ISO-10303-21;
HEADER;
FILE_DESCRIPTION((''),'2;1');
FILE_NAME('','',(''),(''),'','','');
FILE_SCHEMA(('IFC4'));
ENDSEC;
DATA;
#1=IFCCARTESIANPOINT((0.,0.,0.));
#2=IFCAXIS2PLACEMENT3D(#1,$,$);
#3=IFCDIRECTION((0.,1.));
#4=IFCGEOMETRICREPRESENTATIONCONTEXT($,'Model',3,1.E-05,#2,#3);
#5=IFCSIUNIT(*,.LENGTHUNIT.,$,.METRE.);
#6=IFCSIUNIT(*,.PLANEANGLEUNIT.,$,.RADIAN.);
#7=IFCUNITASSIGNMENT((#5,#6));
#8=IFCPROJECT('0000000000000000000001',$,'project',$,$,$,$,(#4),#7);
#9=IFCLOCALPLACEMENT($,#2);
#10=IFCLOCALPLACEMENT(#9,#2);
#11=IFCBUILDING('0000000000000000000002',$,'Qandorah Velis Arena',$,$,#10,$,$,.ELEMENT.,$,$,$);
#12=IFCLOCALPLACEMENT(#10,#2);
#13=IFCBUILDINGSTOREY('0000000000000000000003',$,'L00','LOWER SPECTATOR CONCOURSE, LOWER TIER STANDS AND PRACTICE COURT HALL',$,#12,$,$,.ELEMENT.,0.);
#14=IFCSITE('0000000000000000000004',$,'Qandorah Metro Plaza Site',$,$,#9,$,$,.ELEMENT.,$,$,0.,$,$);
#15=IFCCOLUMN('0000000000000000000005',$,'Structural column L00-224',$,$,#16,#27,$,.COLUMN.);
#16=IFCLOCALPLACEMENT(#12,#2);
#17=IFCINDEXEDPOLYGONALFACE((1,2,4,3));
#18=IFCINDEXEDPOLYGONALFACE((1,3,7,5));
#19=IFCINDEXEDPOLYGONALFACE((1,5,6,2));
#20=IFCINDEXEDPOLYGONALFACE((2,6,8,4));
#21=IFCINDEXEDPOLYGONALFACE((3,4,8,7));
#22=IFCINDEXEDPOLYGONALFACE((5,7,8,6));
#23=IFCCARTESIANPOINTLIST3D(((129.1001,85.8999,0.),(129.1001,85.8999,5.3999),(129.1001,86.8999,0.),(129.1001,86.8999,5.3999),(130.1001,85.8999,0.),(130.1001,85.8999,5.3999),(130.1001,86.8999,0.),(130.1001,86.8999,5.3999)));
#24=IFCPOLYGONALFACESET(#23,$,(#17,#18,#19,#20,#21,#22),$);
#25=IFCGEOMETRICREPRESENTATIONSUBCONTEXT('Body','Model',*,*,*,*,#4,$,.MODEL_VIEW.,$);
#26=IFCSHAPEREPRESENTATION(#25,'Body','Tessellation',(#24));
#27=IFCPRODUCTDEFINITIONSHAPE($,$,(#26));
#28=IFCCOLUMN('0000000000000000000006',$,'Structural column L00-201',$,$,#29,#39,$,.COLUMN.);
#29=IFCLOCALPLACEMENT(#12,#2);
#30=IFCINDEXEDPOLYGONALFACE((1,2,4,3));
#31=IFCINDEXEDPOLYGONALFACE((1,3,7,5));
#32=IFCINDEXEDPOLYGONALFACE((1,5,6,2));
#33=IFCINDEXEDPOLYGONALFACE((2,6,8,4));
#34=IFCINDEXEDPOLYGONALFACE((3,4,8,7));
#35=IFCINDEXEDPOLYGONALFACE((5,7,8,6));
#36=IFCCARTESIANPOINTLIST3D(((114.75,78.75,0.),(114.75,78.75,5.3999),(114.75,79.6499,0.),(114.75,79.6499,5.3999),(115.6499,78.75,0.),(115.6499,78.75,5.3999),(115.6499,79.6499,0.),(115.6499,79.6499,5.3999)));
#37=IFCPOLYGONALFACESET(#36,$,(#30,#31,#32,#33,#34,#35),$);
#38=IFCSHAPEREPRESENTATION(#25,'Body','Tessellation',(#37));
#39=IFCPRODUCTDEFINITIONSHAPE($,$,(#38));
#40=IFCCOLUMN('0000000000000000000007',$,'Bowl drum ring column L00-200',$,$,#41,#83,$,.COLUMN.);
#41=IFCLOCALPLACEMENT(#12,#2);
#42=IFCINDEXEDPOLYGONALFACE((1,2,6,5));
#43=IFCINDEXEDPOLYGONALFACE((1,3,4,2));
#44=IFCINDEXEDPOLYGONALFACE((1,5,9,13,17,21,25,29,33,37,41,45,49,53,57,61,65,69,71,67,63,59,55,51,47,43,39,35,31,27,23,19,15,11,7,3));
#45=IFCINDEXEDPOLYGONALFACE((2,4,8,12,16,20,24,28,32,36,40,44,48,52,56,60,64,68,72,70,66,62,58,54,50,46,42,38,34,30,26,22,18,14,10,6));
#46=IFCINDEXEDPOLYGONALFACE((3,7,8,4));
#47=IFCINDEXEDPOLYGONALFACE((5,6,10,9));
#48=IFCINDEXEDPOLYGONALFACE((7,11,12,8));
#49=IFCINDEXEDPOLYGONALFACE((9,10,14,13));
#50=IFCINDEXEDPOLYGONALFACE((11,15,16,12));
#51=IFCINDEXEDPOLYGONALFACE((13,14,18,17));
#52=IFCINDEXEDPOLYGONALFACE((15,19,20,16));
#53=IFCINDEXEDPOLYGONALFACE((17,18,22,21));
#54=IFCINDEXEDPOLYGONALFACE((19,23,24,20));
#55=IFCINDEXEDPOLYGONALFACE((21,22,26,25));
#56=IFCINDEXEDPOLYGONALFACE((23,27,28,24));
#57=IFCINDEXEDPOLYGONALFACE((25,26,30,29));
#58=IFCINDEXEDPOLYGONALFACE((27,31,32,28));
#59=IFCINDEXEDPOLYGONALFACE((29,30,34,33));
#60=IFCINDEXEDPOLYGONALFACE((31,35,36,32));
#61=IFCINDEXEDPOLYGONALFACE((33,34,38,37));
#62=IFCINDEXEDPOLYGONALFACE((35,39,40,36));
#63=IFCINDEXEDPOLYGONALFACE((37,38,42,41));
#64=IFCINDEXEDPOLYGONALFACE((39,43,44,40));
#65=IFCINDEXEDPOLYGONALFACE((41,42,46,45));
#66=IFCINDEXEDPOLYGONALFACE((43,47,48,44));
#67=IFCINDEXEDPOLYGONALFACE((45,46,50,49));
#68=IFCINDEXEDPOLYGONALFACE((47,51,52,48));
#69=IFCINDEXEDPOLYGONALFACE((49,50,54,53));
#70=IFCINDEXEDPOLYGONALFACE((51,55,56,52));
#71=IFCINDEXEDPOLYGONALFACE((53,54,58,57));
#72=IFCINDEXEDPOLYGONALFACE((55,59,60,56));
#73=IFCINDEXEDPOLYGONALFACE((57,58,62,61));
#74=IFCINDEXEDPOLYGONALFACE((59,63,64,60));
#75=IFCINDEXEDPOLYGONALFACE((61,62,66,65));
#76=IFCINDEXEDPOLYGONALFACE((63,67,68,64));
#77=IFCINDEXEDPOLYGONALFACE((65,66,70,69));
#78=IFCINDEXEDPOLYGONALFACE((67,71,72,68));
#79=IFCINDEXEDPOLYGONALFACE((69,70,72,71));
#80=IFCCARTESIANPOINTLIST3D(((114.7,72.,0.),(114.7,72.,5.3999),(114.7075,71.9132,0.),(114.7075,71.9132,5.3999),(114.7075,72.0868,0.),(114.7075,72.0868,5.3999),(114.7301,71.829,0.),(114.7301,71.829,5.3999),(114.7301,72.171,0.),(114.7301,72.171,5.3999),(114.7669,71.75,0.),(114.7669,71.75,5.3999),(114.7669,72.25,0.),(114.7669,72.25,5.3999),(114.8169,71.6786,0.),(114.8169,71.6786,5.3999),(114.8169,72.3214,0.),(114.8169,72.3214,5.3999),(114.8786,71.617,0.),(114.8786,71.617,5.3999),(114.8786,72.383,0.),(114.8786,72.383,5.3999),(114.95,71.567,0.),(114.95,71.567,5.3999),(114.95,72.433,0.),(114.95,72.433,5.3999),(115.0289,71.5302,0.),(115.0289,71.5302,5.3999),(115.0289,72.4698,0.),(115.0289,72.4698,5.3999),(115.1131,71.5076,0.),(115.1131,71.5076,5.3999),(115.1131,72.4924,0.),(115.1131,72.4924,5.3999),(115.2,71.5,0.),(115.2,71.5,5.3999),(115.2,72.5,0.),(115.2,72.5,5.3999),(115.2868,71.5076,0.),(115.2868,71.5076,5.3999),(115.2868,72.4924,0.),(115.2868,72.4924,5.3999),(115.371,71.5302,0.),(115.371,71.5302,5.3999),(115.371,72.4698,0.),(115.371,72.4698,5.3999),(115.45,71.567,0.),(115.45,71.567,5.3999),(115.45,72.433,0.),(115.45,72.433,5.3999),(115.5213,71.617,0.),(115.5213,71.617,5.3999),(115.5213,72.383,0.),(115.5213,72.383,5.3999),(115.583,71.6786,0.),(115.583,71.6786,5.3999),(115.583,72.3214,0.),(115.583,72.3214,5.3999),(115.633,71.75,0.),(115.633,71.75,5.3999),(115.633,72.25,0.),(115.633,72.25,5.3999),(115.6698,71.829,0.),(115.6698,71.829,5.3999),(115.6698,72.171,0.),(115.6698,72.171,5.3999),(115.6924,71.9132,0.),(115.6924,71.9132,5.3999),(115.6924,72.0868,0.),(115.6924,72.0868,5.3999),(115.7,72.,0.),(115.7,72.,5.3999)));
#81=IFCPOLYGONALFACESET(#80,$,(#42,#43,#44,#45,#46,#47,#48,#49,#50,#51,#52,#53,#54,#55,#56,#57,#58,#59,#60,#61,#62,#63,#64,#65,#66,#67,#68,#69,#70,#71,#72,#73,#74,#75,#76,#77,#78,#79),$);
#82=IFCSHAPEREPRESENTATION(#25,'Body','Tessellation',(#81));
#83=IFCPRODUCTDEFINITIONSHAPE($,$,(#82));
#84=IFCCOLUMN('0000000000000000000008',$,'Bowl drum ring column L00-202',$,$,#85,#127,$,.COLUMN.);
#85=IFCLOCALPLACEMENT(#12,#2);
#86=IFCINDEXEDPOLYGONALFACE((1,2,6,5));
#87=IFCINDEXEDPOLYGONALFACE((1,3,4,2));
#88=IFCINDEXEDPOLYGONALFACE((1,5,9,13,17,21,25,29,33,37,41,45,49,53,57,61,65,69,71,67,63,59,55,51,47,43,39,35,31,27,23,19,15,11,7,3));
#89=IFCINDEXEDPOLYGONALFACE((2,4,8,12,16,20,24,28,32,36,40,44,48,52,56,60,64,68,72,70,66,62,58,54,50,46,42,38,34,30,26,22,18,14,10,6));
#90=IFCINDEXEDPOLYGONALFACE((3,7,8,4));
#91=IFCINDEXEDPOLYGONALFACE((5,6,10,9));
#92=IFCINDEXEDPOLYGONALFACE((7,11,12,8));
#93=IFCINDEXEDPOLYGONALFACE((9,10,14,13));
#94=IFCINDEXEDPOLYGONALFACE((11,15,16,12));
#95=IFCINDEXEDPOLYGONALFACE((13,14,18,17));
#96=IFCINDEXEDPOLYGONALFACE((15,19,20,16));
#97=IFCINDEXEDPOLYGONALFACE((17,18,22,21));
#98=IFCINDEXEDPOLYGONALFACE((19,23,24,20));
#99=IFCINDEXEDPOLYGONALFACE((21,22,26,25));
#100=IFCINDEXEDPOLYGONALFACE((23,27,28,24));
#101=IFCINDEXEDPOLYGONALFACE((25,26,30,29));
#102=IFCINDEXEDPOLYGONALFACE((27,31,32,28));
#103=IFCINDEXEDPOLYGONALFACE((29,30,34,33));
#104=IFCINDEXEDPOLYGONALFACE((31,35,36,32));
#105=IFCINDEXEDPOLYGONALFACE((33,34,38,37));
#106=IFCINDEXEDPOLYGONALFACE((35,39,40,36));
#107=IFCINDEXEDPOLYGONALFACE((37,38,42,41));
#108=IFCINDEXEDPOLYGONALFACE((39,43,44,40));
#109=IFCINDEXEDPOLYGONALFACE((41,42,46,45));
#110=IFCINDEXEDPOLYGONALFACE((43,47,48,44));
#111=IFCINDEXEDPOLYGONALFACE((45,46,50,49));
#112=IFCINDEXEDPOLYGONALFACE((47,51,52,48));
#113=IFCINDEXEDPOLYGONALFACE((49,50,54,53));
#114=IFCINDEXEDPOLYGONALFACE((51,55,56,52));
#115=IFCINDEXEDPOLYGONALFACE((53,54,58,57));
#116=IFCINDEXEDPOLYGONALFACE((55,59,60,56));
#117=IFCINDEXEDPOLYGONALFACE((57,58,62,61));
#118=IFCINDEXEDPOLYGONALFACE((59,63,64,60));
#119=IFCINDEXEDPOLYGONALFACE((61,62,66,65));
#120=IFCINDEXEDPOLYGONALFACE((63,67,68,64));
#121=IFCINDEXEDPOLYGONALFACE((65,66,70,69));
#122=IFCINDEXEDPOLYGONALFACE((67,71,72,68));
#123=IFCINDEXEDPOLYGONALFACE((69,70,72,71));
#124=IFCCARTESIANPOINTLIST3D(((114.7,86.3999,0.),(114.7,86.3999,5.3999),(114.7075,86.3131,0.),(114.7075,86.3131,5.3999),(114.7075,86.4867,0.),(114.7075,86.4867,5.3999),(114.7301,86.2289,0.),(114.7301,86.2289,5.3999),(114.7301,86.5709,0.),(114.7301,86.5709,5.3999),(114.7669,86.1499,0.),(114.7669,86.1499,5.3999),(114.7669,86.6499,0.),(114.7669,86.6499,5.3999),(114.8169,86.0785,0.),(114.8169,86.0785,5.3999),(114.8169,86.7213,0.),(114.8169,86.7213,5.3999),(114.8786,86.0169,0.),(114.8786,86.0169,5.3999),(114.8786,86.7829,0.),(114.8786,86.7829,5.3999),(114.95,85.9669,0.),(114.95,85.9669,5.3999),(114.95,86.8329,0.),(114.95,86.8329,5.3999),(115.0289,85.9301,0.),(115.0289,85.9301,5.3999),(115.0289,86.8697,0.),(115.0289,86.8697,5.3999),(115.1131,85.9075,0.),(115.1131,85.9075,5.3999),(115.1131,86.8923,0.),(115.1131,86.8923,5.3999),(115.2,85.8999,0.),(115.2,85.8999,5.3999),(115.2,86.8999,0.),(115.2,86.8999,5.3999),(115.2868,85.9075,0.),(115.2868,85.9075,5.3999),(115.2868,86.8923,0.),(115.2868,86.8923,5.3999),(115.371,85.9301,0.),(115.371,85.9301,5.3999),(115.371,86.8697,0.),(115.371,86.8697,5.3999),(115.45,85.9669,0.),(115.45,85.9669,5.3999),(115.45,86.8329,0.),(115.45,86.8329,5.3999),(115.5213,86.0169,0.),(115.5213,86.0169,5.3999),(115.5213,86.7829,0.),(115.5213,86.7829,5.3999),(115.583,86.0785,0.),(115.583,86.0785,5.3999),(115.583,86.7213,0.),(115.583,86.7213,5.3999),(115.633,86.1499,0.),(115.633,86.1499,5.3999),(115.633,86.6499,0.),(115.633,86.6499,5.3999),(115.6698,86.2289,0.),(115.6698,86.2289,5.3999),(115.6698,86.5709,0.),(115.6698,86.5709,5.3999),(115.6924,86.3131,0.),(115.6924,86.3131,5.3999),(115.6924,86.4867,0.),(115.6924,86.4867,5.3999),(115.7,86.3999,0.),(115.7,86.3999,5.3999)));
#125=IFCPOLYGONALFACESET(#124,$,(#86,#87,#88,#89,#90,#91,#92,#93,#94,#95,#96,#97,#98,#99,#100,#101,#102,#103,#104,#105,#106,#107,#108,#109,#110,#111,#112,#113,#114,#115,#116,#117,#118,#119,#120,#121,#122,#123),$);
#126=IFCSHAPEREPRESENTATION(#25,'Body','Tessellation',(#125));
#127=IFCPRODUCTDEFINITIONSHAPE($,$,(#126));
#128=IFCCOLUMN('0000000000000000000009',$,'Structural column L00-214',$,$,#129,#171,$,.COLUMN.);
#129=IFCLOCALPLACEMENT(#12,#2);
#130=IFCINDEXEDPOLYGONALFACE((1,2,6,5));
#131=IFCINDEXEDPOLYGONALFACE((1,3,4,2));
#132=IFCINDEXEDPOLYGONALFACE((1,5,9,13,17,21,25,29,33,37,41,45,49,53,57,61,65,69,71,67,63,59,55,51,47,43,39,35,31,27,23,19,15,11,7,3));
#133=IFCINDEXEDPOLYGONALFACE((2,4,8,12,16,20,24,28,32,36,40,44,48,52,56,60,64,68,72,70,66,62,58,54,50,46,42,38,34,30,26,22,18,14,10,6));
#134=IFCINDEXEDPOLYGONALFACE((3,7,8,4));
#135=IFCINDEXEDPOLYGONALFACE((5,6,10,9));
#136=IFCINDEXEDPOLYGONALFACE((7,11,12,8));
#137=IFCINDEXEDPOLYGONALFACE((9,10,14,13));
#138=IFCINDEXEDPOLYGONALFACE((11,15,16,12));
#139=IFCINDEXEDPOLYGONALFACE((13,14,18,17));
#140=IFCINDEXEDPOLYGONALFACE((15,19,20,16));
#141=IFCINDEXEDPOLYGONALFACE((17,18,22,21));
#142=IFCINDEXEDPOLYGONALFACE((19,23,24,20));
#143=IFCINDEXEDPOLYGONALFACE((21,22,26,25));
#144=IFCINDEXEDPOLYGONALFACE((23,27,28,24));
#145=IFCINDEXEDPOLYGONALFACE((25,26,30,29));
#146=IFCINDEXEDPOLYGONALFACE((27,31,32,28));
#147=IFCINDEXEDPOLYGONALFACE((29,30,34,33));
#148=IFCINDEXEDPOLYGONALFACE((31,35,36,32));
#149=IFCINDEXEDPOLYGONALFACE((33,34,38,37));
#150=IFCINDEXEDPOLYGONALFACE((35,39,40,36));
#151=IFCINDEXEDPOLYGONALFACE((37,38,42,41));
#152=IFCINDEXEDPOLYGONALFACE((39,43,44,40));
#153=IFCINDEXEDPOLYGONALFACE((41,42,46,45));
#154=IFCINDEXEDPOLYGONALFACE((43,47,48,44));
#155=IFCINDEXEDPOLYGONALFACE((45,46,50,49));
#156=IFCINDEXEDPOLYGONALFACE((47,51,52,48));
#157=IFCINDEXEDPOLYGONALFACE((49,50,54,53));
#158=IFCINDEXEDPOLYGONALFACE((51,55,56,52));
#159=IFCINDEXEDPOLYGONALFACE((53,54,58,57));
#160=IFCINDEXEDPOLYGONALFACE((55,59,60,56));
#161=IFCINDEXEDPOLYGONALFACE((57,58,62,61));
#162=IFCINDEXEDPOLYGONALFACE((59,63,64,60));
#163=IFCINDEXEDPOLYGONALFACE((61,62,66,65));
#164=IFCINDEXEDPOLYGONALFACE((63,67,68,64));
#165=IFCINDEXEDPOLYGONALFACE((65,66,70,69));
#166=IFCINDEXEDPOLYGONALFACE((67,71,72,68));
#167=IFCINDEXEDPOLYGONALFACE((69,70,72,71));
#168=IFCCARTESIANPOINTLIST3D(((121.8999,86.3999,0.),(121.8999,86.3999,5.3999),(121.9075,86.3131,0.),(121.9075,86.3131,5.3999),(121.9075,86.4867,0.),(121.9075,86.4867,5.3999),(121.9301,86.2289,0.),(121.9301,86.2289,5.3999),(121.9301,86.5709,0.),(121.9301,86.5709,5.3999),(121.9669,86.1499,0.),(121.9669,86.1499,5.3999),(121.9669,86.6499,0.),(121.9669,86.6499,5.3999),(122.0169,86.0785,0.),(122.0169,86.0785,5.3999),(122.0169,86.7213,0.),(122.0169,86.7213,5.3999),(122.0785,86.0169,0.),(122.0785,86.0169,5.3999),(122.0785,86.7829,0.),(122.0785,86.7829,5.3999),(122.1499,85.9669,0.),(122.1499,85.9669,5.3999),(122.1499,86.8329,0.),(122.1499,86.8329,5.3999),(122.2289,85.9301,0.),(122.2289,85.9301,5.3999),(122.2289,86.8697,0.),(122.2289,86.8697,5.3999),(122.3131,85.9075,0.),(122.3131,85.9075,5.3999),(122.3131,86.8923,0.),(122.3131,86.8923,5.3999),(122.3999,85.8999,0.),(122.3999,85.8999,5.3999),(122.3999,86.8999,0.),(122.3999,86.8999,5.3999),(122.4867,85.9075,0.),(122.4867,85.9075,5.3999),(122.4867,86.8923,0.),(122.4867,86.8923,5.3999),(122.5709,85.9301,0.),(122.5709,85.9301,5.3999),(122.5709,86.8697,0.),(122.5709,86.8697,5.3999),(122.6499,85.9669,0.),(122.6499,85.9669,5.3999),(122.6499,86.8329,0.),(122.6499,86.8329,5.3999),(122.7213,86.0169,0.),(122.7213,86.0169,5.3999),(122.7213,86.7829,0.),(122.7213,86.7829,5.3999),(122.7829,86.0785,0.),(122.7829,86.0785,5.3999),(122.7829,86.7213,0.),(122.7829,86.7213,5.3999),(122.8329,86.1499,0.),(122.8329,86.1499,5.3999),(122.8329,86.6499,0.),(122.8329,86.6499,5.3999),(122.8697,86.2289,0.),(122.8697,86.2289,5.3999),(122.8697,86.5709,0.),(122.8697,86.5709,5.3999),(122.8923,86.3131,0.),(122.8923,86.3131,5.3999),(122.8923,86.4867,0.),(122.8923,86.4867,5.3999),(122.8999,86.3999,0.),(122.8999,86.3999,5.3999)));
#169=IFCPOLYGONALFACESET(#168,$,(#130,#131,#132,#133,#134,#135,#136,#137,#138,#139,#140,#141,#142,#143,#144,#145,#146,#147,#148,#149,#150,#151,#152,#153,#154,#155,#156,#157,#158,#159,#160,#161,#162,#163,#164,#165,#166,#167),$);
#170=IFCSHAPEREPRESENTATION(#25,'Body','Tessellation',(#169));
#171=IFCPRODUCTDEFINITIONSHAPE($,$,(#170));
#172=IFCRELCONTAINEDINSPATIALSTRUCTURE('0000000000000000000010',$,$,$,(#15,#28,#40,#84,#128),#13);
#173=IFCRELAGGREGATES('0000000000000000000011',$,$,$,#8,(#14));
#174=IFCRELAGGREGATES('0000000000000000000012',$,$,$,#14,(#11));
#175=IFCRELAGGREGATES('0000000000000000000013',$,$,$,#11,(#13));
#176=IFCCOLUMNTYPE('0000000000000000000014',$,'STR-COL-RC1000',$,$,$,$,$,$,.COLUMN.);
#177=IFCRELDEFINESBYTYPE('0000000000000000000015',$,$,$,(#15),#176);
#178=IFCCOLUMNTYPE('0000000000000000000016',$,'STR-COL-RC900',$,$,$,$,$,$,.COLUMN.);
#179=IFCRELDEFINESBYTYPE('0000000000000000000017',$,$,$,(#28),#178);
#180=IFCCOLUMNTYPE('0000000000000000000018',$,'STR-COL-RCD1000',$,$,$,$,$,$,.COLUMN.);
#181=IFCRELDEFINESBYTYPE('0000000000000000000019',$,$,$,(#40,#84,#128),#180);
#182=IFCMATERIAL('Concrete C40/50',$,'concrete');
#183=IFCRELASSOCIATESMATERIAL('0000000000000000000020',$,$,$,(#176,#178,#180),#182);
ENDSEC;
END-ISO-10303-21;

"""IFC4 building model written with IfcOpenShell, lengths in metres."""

from ifc_helpers import new_model, si_unit, direction, frame, origin, origin_2d, place, context, subcontext, project, spatial, rectangle, circle, extrude, material, material_profile, profile_set, type_object, element, save


model = new_model("IFC4")

# Units and contexts
model_context = context("Model", 3, precision=1e-05, world=origin(), true_north=direction((0.0, 1.0)))
body_context = subcontext(model_context, "Body", "Model", "MODEL_VIEW")
ifc_project = project(units=[si_unit("LENGTHUNIT", "METRE"), si_unit("PLANEANGLEUNIT", "RADIAN")], contexts=[model_context])

# Site, building, storey
site_placement = place(None, origin())
site = spatial("IfcSite", under=ifc_project, at=site_placement, Name="Qandorah Metro Plaza Site", CompositionType="ELEMENT", RefElevation=0.0)
building_placement = place(site_placement, origin())
building = spatial("IfcBuilding", under=site, at=building_placement, Name="Qandorah Velis Arena", CompositionType="ELEMENT")
storey_placement = place(building_placement, origin())
storey = spatial("IfcBuildingStorey", under=building, at=storey_placement, Name="L00", Description="LOWER SPECTATOR CONCOURSE, LOWER TIER STANDS AND PRACTICE COURT HALL", CompositionType="ELEMENT", Elevation=0.0)

# Columns
ifc_material_1 = material(Name="Concrete C40/50", Category="concrete")
ifc_material_profile_1 = material_profile(ifc_material_1, rectangle(XDim=1.0, YDim=1.0, at=origin_2d()), Name="RC COL 1000x1000")
ifc_profile_set_1 = profile_set([ifc_material_profile_1], Name="Concrete C40/50")
column_type_1 = type_object("IfcColumnType", Name="STR-COL-RC1000", PredefinedType="COLUMN", material=ifc_profile_set_1)
column_1_placement = place(storey_placement, frame((129.6001, 86.3999, 0.0), z_axis=(0.0, 0.0, 1.0), x_axis=(1.0, 0.0, 0.0)))
element("IfcColumn", 1, at=column_1_placement, inside=storey, type_object=column_type_1, Name="Structural column L00-224", PredefinedType="COLUMN", context=body_context, shape_type="SweptSolid", body=[
    extrude(rectangle(XDim=1.0, YDim=1.0, at=origin_2d()), origin(), (0.0, 0.0, 1.0), 5.3999),
])
ifc_material_profile_2 = material_profile(ifc_material_1, rectangle(XDim=0.8999, YDim=0.8999, at=origin_2d()), Name="RC COL 900x900")
ifc_profile_set_2 = profile_set([ifc_material_profile_2], Name="Concrete C40/50")
column_type_2 = type_object("IfcColumnType", Name="STR-COL-RC900", PredefinedType="COLUMN", material=ifc_profile_set_2)
column_2_placement = place(storey_placement, frame((115.2, 79.2, 0.0), z_axis=(0.0, 0.0, 1.0), x_axis=(1.0, 0.0, 0.0)))
element("IfcColumn", 2, at=column_2_placement, inside=storey, type_object=column_type_2, Name="Structural column L00-201", PredefinedType="COLUMN", context=body_context, shape_type="SweptSolid", body=[
    extrude(rectangle(XDim=0.8999, YDim=0.8999, at=origin_2d()), origin(), (0.0, 0.0, 1.0), 5.3999),
])
ifc_material_profile_3 = material_profile(ifc_material_1, circle(Radius=0.5, at=origin_2d()), Name="RC D1000")
ifc_profile_set_3 = profile_set([ifc_material_profile_3], Name="Concrete C40/50")
column_type_3 = type_object("IfcColumnType", Name="STR-COL-RCD1000", PredefinedType="COLUMN", material=ifc_profile_set_3)
for number, where, z_axis, x_axis, name in (
    (3, (115.2, 72.0, 0.0), (0.0, 0.0, 1.0), (1.0, 0.0, 0.0), "Bowl drum ring column L00-200"),
    (4, (115.2, 86.3999, 0.0), (0.0, 0.0, 1.0), (1.0, 0.0, 0.0), "Bowl drum ring column L00-202"),
    (5, (122.3999, 86.3999, 0.0), (0.0, 0.0, 1.0), (1.0, 0.0, 0.0), "Structural column L00-214"),
):
    element("IfcColumn", number, at=place(storey_placement, frame(where, z_axis=z_axis, x_axis=x_axis)), inside=storey, type_object=column_type_3, Name=name, PredefinedType="COLUMN", context=body_context, shape_type="SweptSolid", body=[
        extrude(circle(Radius=0.5, at=origin_2d()), origin(), (0.0, 0.0, 1.0), 5.3999),
    ])

save(model, "model.ifc")
